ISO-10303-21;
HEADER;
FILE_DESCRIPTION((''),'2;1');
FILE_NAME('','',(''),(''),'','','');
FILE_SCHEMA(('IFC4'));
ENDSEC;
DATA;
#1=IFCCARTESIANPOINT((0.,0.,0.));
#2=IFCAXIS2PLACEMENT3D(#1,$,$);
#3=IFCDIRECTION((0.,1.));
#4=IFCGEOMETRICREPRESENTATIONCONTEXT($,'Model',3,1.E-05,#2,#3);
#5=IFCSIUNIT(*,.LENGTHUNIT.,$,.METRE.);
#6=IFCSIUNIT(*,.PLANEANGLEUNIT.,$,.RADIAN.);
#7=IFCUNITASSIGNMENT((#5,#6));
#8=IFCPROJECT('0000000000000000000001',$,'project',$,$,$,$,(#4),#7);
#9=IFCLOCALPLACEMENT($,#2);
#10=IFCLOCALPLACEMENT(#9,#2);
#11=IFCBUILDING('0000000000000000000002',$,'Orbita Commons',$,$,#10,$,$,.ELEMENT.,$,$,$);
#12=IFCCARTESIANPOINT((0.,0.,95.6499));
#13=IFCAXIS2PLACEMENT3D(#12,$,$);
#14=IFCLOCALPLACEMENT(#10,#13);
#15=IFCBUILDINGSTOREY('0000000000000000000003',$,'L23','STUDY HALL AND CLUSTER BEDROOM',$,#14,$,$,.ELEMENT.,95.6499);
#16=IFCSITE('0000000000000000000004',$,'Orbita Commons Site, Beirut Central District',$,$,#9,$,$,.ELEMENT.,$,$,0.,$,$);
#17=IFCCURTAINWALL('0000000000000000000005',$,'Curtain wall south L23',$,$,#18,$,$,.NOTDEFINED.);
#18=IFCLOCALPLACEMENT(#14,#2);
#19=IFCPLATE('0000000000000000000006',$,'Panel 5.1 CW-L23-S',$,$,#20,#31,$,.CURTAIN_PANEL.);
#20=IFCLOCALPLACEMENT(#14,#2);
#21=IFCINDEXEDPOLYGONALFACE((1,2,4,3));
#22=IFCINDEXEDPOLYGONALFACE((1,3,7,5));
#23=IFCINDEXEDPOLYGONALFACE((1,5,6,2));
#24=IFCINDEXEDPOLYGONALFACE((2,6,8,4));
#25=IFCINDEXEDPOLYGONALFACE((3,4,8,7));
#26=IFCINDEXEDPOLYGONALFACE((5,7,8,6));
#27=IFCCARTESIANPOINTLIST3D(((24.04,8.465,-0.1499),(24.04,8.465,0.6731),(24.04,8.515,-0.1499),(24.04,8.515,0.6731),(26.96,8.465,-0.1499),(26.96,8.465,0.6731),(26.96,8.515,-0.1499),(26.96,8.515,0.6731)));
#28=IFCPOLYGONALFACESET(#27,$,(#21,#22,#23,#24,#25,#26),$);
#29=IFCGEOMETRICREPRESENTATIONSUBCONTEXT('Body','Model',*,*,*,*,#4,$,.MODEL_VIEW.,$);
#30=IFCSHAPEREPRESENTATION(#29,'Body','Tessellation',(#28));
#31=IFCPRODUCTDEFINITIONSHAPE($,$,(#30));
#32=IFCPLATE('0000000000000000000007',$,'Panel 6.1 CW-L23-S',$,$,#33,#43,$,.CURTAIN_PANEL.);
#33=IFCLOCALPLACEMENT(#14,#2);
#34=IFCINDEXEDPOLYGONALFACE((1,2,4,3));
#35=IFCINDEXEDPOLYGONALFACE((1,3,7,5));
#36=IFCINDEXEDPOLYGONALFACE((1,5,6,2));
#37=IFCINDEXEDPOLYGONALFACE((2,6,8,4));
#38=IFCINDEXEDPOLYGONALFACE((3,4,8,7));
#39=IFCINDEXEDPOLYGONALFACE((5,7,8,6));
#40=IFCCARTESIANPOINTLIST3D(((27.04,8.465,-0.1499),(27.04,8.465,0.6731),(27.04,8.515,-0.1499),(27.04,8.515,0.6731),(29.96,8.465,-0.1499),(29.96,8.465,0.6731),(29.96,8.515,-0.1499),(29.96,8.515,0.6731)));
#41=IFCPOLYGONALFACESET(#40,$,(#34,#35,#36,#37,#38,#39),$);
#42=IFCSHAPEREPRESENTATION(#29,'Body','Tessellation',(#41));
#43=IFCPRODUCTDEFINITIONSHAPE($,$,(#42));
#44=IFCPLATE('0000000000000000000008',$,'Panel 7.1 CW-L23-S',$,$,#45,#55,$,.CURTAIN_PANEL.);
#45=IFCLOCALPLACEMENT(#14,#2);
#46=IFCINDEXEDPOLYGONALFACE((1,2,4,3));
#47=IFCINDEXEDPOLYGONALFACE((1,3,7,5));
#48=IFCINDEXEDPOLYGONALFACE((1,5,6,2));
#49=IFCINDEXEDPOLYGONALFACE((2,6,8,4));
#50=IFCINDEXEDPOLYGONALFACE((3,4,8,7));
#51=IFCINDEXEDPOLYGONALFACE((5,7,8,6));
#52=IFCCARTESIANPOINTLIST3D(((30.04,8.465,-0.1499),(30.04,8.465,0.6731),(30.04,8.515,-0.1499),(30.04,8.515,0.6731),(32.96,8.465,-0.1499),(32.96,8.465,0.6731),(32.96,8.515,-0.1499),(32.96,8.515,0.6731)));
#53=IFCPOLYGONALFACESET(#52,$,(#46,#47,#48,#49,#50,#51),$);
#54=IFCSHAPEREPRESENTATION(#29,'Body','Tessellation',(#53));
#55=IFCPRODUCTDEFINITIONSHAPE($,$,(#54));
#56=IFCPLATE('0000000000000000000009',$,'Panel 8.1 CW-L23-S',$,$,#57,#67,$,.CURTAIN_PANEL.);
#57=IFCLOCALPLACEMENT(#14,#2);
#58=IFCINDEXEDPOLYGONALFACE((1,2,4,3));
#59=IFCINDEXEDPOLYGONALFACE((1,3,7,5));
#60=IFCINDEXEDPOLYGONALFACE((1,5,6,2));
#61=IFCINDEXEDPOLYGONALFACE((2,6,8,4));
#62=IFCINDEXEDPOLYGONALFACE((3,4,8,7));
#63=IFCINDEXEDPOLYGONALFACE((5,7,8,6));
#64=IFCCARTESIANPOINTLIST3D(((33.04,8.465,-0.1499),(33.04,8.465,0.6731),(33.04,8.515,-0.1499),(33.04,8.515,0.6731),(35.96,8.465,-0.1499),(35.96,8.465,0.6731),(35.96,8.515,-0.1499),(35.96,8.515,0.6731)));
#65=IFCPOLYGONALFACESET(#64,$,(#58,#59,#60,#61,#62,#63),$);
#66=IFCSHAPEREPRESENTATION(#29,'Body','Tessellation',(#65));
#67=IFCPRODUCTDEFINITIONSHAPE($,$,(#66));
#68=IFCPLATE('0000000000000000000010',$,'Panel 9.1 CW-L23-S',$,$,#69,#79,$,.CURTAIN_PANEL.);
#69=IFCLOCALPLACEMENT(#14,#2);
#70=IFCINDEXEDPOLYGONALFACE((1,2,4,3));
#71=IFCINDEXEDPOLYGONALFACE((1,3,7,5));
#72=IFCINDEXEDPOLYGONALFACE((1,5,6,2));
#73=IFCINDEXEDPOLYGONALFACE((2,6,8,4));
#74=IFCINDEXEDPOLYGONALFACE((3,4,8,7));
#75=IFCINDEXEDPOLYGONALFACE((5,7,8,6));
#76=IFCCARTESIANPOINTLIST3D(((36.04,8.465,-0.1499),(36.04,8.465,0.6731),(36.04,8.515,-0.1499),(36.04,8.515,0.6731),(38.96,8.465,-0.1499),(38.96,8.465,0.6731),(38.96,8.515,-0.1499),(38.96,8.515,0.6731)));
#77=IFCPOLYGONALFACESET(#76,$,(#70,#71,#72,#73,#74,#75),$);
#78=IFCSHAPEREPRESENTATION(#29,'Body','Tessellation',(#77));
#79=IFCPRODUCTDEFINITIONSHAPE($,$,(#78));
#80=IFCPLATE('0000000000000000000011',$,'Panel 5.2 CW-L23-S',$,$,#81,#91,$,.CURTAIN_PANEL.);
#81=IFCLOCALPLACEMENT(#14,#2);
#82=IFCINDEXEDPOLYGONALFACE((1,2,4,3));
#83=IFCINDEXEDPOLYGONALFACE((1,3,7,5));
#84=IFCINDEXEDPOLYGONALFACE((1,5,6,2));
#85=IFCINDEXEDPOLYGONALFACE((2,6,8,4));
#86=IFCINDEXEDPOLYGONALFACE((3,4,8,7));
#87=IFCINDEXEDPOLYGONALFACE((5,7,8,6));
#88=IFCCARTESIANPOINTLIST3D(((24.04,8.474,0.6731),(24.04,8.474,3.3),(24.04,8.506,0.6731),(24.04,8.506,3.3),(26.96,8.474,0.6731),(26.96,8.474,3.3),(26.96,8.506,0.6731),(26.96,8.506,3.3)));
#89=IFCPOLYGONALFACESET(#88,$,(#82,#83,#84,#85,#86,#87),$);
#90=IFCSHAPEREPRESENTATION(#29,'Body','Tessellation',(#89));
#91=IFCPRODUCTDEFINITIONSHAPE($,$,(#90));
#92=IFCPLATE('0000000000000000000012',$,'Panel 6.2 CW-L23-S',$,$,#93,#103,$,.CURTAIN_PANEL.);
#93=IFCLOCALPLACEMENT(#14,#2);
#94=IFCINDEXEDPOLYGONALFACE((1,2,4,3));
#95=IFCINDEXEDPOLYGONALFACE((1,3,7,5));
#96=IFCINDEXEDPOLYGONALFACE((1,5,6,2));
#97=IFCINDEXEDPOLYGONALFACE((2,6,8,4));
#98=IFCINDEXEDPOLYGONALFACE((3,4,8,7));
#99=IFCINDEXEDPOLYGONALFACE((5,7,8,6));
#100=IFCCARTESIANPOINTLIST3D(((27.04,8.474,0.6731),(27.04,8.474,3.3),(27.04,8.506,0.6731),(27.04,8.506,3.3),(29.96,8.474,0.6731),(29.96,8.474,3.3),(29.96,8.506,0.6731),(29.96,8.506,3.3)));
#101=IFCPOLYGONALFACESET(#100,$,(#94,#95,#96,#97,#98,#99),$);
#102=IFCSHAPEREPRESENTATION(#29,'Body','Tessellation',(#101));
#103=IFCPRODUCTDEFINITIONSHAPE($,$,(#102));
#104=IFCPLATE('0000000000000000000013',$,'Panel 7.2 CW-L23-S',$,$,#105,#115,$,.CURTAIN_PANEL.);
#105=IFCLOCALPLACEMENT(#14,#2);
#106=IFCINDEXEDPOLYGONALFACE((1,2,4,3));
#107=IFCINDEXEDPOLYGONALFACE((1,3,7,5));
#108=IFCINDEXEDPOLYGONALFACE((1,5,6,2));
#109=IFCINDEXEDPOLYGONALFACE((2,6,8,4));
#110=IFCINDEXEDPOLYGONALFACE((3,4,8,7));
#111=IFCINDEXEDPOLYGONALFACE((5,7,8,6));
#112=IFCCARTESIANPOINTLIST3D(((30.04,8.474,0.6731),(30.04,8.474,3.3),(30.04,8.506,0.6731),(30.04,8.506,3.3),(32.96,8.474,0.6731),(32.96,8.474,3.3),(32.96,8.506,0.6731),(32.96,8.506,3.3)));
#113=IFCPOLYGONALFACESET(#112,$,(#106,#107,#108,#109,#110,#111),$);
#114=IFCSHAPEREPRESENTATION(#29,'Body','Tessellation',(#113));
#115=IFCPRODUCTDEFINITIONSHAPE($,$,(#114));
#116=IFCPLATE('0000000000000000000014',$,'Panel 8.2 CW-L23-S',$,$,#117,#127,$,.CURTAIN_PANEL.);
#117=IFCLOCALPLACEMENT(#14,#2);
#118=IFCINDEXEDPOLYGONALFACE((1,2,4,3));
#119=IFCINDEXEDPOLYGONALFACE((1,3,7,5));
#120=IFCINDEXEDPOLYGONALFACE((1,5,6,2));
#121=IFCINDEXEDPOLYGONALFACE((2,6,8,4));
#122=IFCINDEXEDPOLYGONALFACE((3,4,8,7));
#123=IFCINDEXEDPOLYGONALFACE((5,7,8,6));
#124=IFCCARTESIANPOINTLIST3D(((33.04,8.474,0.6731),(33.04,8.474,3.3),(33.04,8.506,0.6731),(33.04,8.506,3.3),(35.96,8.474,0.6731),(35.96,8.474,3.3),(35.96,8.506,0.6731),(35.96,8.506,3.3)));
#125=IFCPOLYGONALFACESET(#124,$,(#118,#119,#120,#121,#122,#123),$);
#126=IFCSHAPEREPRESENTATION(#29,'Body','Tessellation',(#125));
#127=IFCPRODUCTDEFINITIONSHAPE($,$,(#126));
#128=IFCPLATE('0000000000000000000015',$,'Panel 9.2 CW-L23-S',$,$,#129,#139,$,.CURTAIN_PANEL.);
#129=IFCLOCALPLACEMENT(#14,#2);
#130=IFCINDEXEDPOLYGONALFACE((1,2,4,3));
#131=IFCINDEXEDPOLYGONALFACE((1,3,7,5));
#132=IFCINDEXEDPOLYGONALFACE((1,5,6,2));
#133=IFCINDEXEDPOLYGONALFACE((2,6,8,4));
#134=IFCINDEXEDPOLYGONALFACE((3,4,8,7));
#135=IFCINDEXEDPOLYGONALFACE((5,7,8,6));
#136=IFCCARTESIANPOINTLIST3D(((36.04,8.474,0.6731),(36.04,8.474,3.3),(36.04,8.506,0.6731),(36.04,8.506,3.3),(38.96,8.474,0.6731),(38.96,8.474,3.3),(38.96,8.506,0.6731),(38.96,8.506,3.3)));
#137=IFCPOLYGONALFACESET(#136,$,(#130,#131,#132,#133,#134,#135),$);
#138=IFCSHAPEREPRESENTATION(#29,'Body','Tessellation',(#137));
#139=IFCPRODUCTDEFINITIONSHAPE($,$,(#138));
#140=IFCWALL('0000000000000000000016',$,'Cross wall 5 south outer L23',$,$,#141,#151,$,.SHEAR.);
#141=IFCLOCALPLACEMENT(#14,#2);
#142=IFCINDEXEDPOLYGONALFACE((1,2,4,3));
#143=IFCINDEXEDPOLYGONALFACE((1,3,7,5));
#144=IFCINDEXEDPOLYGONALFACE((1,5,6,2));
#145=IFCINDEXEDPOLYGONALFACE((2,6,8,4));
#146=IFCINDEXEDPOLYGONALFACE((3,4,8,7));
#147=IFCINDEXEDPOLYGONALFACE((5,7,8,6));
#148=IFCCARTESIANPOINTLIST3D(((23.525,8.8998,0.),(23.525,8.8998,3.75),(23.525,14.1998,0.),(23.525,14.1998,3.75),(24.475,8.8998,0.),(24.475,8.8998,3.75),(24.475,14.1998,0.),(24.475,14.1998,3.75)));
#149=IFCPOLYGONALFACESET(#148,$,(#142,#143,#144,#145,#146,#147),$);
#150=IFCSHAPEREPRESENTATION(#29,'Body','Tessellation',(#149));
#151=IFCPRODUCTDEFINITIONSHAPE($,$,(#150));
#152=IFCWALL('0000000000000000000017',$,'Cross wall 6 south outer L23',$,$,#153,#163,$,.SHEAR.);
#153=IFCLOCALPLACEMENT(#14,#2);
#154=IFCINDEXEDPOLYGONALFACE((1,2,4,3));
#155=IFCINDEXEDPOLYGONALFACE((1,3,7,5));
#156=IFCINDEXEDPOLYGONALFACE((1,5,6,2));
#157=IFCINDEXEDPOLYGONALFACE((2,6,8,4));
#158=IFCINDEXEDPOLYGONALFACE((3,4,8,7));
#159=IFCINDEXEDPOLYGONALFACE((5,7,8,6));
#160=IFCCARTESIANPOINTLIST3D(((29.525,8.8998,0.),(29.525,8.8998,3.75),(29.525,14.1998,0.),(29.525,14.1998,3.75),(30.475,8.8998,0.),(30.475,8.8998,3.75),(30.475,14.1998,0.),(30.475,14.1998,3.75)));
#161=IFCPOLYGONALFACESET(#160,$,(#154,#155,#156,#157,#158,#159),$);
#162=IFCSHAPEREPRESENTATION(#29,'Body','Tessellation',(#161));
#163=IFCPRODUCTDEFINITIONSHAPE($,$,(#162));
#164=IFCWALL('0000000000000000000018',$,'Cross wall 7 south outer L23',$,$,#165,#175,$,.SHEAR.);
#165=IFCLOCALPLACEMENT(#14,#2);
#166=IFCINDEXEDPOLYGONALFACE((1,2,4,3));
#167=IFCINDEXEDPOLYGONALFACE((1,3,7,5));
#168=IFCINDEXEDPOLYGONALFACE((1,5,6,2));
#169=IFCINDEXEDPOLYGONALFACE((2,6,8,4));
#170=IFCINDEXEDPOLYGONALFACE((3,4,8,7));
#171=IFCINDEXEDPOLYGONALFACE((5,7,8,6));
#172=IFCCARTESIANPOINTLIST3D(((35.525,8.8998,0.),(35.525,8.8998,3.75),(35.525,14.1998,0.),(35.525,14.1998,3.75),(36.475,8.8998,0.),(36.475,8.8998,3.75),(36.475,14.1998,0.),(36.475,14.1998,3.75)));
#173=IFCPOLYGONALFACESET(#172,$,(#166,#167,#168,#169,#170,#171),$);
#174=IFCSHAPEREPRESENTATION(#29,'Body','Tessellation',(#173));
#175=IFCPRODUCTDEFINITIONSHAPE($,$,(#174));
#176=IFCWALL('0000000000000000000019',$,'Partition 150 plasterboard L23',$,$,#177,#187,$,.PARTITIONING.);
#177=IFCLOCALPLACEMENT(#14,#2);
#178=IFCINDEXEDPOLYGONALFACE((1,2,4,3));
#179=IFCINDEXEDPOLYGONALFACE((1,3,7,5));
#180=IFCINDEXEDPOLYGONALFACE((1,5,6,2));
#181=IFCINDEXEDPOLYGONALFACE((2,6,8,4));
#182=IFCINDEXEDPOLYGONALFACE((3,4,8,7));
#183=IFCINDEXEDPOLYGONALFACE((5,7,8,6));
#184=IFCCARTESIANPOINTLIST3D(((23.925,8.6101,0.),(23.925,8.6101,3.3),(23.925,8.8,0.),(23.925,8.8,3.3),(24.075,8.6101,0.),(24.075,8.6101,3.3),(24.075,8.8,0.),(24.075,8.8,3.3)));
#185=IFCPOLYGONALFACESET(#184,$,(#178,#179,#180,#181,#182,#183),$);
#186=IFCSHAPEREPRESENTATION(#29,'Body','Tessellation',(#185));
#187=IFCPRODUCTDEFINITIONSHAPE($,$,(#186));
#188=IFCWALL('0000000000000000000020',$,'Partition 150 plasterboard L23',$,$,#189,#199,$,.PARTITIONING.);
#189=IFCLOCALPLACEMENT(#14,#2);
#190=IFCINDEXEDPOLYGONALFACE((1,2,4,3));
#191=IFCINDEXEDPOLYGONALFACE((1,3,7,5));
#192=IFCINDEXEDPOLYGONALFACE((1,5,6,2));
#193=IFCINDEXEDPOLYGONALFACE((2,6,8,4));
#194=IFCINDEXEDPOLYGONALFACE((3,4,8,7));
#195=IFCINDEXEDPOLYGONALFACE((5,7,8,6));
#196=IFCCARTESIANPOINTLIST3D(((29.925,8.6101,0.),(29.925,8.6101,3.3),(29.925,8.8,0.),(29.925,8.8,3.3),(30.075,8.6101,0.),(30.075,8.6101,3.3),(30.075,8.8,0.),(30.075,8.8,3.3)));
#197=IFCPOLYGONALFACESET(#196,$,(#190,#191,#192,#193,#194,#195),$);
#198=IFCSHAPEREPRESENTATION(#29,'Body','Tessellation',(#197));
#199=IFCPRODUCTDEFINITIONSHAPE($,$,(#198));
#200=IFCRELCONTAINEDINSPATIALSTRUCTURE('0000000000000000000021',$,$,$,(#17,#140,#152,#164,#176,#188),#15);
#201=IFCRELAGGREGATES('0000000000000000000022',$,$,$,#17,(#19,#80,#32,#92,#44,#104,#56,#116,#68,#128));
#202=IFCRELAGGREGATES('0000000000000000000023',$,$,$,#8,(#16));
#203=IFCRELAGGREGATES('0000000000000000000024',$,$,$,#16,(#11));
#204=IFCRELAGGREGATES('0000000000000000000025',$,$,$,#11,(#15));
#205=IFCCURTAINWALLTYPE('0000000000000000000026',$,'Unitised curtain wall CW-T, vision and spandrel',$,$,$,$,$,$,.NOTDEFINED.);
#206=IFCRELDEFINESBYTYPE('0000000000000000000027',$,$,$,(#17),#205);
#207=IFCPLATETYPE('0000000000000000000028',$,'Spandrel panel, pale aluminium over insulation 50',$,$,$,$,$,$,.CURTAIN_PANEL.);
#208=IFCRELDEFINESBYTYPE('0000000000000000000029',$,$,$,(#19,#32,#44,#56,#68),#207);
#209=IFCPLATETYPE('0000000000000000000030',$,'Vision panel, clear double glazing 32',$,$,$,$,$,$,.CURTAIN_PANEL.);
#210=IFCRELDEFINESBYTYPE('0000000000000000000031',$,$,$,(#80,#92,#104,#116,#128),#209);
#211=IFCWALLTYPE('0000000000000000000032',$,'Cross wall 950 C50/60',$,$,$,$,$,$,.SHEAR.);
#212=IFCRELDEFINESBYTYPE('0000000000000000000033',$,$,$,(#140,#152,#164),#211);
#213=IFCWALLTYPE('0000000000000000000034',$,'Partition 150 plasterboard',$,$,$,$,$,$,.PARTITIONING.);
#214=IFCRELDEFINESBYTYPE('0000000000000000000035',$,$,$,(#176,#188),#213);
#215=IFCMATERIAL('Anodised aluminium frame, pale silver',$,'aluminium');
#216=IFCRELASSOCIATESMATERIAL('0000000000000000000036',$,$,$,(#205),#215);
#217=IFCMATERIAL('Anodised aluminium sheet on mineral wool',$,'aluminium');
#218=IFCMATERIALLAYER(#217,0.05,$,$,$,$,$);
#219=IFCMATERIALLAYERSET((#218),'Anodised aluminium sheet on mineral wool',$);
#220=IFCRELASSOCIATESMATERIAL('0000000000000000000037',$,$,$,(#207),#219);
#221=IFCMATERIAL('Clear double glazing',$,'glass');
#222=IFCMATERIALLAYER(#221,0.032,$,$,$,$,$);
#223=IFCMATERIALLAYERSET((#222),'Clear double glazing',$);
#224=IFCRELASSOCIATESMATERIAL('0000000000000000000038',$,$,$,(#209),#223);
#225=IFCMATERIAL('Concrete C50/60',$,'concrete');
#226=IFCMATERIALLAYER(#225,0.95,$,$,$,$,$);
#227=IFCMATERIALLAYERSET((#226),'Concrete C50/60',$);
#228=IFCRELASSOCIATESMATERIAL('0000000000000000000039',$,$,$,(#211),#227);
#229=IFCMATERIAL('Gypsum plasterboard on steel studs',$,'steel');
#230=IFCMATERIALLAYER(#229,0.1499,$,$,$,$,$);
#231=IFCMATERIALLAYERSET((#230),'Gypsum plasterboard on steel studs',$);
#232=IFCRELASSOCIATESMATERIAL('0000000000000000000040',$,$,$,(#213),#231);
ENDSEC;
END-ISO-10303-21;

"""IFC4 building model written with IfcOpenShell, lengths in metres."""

from ifc_helpers import new_model, si_unit, direction, frame, frame_2d, origin, origin_2d, place, context, subcontext, project, spatial, rectangle, extrude, material, layer, layer_set, type_object, element, aggregate, save


model = new_model("IFC4")

# Units and contexts
model_context = context("Model", 3, precision=1e-05, world=origin(), true_north=direction((0.0, 1.0)))
body_context = subcontext(model_context, "Body", "Model", "MODEL_VIEW")
ifc_project = project(units=[si_unit("LENGTHUNIT", "METRE"), si_unit("PLANEANGLEUNIT", "RADIAN")], contexts=[model_context])

# Site, building, storey
site_placement = place(None, origin())
site = spatial("IfcSite", under=ifc_project, at=site_placement, Name="Orbita Commons Site, Beirut Central District", CompositionType="ELEMENT", RefElevation=0.0)
building_placement = place(site_placement, origin())
building = spatial("IfcBuilding", under=site, at=building_placement, Name="Orbita Commons", CompositionType="ELEMENT")
storey_placement = place(building_placement, frame((0.0, 0.0, 95.6499)))
storey = spatial("IfcBuildingStorey", under=building, at=storey_placement, Name="L23", Description="STUDY HALL AND CLUSTER BEDROOM", CompositionType="ELEMENT", Elevation=95.6499)

# Curtain wall, plates
ifc_material_1 = material(Name="Anodised aluminium frame, pale silver", Category="aluminium")
curtain_wall_type = type_object("IfcCurtainWallType", Name="Unitised curtain wall CW-T, vision and spandrel", PredefinedType="NOTDEFINED", material=ifc_material_1)
curtain_wall_placement = place(storey_placement, origin())
curtain_wall = element("IfcCurtainWall", 1, at=curtain_wall_placement, inside=storey, type_object=curtain_wall_type, Name="Curtain wall south L23", PredefinedType="NOTDEFINED")
ifc_material_2 = material(Name="Anodised aluminium sheet on mineral wool", Category="aluminium")
ifc_layer_1 = layer(ifc_material_2, 0.05)
ifc_layer_set_1 = layer_set([ifc_layer_1], Name="Anodised aluminium sheet on mineral wool")
plate_type_1 = type_object("IfcPlateType", Name="Spandrel panel, pale aluminium over insulation 50", PredefinedType="CURTAIN_PANEL", material=ifc_layer_set_1)
plate_1_placement = place(storey_placement, frame((25.5, 8.49, -0.1499), z_axis=(0.0, 0.0, 1.0), x_axis=(1.0, 0.0, 0.0)))
plate_1 = element("IfcPlate", 2, at=plate_1_placement, type_object=plate_type_1, Name="Panel 5.1 CW-L23-S", PredefinedType="CURTAIN_PANEL", context=body_context, shape_type="SweptSolid", body=[
    extrude(rectangle(XDim=2.9199, YDim=0.05, at=origin_2d()), origin(), (0.0, 0.0, 1.0), 0.823),
])
plate_2_placement = place(storey_placement, frame((28.5, 8.49, -0.1499), z_axis=(0.0, 0.0, 1.0), x_axis=(1.0, 0.0, 0.0)))
plate_2 = element("IfcPlate", 3, at=plate_2_placement, type_object=plate_type_1, Name="Panel 6.1 CW-L23-S", PredefinedType="CURTAIN_PANEL", context=body_context, shape_type="SweptSolid", body=[
    extrude(rectangle(XDim=2.9199, YDim=0.05, at=origin_2d()), origin(), (0.0, 0.0, 1.0), 0.823),
])
plate_3_placement = place(storey_placement, frame((31.5, 8.49, -0.1499), z_axis=(0.0, 0.0, 1.0), x_axis=(1.0, 0.0, 0.0)))
plate_3 = element("IfcPlate", 4, at=plate_3_placement, type_object=plate_type_1, Name="Panel 7.1 CW-L23-S", PredefinedType="CURTAIN_PANEL", context=body_context, shape_type="SweptSolid", body=[
    extrude(rectangle(XDim=2.9199, YDim=0.05, at=origin_2d()), origin(), (0.0, 0.0, 1.0), 0.823),
])
plate_4_placement = place(storey_placement, frame((34.5, 8.49, -0.1499), z_axis=(0.0, 0.0, 1.0), x_axis=(1.0, 0.0, 0.0)))
plate_4 = element("IfcPlate", 5, at=plate_4_placement, type_object=plate_type_1, Name="Panel 8.1 CW-L23-S", PredefinedType="CURTAIN_PANEL", context=body_context, shape_type="SweptSolid", body=[
    extrude(rectangle(XDim=2.9199, YDim=0.05, at=origin_2d()), origin(), (0.0, 0.0, 1.0), 0.823),
])
plate_5_placement = place(storey_placement, frame((37.5, 8.49, -0.1499), z_axis=(0.0, 0.0, 1.0), x_axis=(1.0, 0.0, 0.0)))
plate_5 = element("IfcPlate", 6, at=plate_5_placement, type_object=plate_type_1, Name="Panel 9.1 CW-L23-S", PredefinedType="CURTAIN_PANEL", context=body_context, shape_type="SweptSolid", body=[
    extrude(rectangle(XDim=2.9199, YDim=0.05, at=origin_2d()), origin(), (0.0, 0.0, 1.0), 0.823),
])
ifc_material_3 = material(Name="Clear double glazing", Category="glass")
ifc_layer_2 = layer(ifc_material_3, 0.032)
ifc_layer_set_2 = layer_set([ifc_layer_2], Name="Clear double glazing")
plate_type_2 = type_object("IfcPlateType", Name="Vision panel, clear double glazing 32", PredefinedType="CURTAIN_PANEL", material=ifc_layer_set_2)
plate_6_placement = place(storey_placement, frame((25.5, 8.49, 0.6731), z_axis=(0.0, 0.0, 1.0), x_axis=(1.0, 0.0, 0.0)))
plate_6 = element("IfcPlate", 7, at=plate_6_placement, type_object=plate_type_2, Name="Panel 5.2 CW-L23-S", PredefinedType="CURTAIN_PANEL", context=body_context, shape_type="SweptSolid", body=[
    extrude(rectangle(XDim=2.9199, YDim=0.032, at=origin_2d()), origin(), (0.0, 0.0, 1.0), 2.627),
])
plate_7_placement = place(storey_placement, frame((28.5, 8.49, 0.6731), z_axis=(0.0, 0.0, 1.0), x_axis=(1.0, 0.0, 0.0)))
plate_7 = element("IfcPlate", 8, at=plate_7_placement, type_object=plate_type_2, Name="Panel 6.2 CW-L23-S", PredefinedType="CURTAIN_PANEL", context=body_context, shape_type="SweptSolid", body=[
    extrude(rectangle(XDim=2.9199, YDim=0.032, at=origin_2d()), origin(), (0.0, 0.0, 1.0), 2.627),
])
plate_8_placement = place(storey_placement, frame((31.5, 8.49, 0.6731), z_axis=(0.0, 0.0, 1.0), x_axis=(1.0, 0.0, 0.0)))
plate_8 = element("IfcPlate", 9, at=plate_8_placement, type_object=plate_type_2, Name="Panel 7.2 CW-L23-S", PredefinedType="CURTAIN_PANEL", context=body_context, shape_type="SweptSolid", body=[
    extrude(rectangle(XDim=2.9199, YDim=0.032, at=origin_2d()), origin(), (0.0, 0.0, 1.0), 2.627),
])
plate_9_placement = place(storey_placement, frame((34.5, 8.49, 0.6731), z_axis=(0.0, 0.0, 1.0), x_axis=(1.0, 0.0, 0.0)))
plate_9 = element("IfcPlate", 10, at=plate_9_placement, type_object=plate_type_2, Name="Panel 8.2 CW-L23-S", PredefinedType="CURTAIN_PANEL", context=body_context, shape_type="SweptSolid", body=[
    extrude(rectangle(XDim=2.9199, YDim=0.032, at=origin_2d()), origin(), (0.0, 0.0, 1.0), 2.627),
])
plate_10_placement = place(storey_placement, frame((37.5, 8.49, 0.6731), z_axis=(0.0, 0.0, 1.0), x_axis=(1.0, 0.0, 0.0)))
plate_10 = element("IfcPlate", 11, at=plate_10_placement, type_object=plate_type_2, Name="Panel 9.2 CW-L23-S", PredefinedType="CURTAIN_PANEL", context=body_context, shape_type="SweptSolid", body=[
    extrude(rectangle(XDim=2.9199, YDim=0.032, at=origin_2d()), origin(), (0.0, 0.0, 1.0), 2.627),
])
aggregate(curtain_wall, [plate_1, plate_6, plate_2, plate_7, plate_3, plate_8, plate_4, plate_9, plate_5, plate_10])

# Walls
ifc_material_4 = material(Name="Concrete C50/60", Category="concrete")
ifc_layer_3 = layer(ifc_material_4, 0.95)
ifc_layer_set_3 = layer_set([ifc_layer_3], Name="Concrete C50/60")
wall_type_1 = type_object("IfcWallType", Name="Cross wall 950 C50/60", PredefinedType="SHEAR", material=ifc_layer_set_3)
for number, where, z_axis, x_axis, name in (
    (12, (24.0, 8.8999, 0.0), (0.0, 0.0, 1.0), (0.0, 1.0, 0.0), "Cross wall 5 south outer L23"),
    (13, (30.0, 8.8999, 0.0), (0.0, 0.0, 1.0), (0.0, 1.0, 0.0), "Cross wall 6 south outer L23"),
    (14, (36.0, 8.8999, 0.0), (0.0, 0.0, 1.0), (0.0, 1.0, 0.0), "Cross wall 7 south outer L23"),
):
    element("IfcWall", number, at=place(storey_placement, frame(where, z_axis=z_axis, x_axis=x_axis)), inside=storey, type_object=wall_type_1, Name=name, PredefinedType="SHEAR", context=body_context, shape_type="SweptSolid", body=[
        extrude(rectangle(XDim=5.3, YDim=0.95, at=frame_2d((2.6499, 0.0))), origin(), (0.0, 0.0, 1.0), 3.75),
    ])
ifc_material_5 = material(Name="Gypsum plasterboard on steel studs", Category="steel")
ifc_layer_4 = layer(ifc_material_5, 0.1499)
ifc_layer_set_4 = layer_set([ifc_layer_4], Name="Gypsum plasterboard on steel studs")
wall_type_2 = type_object("IfcWallType", Name="Partition 150 plasterboard", PredefinedType="PARTITIONING", material=ifc_layer_set_4)
for number, where, z_axis, x_axis, name in (
    (15, (24.0, 8.8, 0.0), (0.0, 0.0, 1.0), (0.0, -1.0, 0.0), "Partition 150 plasterboard L23"),
    (16, (30.0, 8.8, 0.0), (0.0, 0.0, 1.0), (0.0, -1.0, 0.0), "Partition 150 plasterboard L23"),
):
    element("IfcWall", number, at=place(storey_placement, frame(where, z_axis=z_axis, x_axis=x_axis)), inside=storey, type_object=wall_type_2, Name=name, PredefinedType="PARTITIONING", context=body_context, shape_type="SweptSolid", body=[
        extrude(rectangle(XDim=0.1899, YDim=0.1499, at=frame_2d((0.095, 0.0))), origin(), (0.0, 0.0, 1.0), 3.3),
    ])

save(model, "model.ifc")
